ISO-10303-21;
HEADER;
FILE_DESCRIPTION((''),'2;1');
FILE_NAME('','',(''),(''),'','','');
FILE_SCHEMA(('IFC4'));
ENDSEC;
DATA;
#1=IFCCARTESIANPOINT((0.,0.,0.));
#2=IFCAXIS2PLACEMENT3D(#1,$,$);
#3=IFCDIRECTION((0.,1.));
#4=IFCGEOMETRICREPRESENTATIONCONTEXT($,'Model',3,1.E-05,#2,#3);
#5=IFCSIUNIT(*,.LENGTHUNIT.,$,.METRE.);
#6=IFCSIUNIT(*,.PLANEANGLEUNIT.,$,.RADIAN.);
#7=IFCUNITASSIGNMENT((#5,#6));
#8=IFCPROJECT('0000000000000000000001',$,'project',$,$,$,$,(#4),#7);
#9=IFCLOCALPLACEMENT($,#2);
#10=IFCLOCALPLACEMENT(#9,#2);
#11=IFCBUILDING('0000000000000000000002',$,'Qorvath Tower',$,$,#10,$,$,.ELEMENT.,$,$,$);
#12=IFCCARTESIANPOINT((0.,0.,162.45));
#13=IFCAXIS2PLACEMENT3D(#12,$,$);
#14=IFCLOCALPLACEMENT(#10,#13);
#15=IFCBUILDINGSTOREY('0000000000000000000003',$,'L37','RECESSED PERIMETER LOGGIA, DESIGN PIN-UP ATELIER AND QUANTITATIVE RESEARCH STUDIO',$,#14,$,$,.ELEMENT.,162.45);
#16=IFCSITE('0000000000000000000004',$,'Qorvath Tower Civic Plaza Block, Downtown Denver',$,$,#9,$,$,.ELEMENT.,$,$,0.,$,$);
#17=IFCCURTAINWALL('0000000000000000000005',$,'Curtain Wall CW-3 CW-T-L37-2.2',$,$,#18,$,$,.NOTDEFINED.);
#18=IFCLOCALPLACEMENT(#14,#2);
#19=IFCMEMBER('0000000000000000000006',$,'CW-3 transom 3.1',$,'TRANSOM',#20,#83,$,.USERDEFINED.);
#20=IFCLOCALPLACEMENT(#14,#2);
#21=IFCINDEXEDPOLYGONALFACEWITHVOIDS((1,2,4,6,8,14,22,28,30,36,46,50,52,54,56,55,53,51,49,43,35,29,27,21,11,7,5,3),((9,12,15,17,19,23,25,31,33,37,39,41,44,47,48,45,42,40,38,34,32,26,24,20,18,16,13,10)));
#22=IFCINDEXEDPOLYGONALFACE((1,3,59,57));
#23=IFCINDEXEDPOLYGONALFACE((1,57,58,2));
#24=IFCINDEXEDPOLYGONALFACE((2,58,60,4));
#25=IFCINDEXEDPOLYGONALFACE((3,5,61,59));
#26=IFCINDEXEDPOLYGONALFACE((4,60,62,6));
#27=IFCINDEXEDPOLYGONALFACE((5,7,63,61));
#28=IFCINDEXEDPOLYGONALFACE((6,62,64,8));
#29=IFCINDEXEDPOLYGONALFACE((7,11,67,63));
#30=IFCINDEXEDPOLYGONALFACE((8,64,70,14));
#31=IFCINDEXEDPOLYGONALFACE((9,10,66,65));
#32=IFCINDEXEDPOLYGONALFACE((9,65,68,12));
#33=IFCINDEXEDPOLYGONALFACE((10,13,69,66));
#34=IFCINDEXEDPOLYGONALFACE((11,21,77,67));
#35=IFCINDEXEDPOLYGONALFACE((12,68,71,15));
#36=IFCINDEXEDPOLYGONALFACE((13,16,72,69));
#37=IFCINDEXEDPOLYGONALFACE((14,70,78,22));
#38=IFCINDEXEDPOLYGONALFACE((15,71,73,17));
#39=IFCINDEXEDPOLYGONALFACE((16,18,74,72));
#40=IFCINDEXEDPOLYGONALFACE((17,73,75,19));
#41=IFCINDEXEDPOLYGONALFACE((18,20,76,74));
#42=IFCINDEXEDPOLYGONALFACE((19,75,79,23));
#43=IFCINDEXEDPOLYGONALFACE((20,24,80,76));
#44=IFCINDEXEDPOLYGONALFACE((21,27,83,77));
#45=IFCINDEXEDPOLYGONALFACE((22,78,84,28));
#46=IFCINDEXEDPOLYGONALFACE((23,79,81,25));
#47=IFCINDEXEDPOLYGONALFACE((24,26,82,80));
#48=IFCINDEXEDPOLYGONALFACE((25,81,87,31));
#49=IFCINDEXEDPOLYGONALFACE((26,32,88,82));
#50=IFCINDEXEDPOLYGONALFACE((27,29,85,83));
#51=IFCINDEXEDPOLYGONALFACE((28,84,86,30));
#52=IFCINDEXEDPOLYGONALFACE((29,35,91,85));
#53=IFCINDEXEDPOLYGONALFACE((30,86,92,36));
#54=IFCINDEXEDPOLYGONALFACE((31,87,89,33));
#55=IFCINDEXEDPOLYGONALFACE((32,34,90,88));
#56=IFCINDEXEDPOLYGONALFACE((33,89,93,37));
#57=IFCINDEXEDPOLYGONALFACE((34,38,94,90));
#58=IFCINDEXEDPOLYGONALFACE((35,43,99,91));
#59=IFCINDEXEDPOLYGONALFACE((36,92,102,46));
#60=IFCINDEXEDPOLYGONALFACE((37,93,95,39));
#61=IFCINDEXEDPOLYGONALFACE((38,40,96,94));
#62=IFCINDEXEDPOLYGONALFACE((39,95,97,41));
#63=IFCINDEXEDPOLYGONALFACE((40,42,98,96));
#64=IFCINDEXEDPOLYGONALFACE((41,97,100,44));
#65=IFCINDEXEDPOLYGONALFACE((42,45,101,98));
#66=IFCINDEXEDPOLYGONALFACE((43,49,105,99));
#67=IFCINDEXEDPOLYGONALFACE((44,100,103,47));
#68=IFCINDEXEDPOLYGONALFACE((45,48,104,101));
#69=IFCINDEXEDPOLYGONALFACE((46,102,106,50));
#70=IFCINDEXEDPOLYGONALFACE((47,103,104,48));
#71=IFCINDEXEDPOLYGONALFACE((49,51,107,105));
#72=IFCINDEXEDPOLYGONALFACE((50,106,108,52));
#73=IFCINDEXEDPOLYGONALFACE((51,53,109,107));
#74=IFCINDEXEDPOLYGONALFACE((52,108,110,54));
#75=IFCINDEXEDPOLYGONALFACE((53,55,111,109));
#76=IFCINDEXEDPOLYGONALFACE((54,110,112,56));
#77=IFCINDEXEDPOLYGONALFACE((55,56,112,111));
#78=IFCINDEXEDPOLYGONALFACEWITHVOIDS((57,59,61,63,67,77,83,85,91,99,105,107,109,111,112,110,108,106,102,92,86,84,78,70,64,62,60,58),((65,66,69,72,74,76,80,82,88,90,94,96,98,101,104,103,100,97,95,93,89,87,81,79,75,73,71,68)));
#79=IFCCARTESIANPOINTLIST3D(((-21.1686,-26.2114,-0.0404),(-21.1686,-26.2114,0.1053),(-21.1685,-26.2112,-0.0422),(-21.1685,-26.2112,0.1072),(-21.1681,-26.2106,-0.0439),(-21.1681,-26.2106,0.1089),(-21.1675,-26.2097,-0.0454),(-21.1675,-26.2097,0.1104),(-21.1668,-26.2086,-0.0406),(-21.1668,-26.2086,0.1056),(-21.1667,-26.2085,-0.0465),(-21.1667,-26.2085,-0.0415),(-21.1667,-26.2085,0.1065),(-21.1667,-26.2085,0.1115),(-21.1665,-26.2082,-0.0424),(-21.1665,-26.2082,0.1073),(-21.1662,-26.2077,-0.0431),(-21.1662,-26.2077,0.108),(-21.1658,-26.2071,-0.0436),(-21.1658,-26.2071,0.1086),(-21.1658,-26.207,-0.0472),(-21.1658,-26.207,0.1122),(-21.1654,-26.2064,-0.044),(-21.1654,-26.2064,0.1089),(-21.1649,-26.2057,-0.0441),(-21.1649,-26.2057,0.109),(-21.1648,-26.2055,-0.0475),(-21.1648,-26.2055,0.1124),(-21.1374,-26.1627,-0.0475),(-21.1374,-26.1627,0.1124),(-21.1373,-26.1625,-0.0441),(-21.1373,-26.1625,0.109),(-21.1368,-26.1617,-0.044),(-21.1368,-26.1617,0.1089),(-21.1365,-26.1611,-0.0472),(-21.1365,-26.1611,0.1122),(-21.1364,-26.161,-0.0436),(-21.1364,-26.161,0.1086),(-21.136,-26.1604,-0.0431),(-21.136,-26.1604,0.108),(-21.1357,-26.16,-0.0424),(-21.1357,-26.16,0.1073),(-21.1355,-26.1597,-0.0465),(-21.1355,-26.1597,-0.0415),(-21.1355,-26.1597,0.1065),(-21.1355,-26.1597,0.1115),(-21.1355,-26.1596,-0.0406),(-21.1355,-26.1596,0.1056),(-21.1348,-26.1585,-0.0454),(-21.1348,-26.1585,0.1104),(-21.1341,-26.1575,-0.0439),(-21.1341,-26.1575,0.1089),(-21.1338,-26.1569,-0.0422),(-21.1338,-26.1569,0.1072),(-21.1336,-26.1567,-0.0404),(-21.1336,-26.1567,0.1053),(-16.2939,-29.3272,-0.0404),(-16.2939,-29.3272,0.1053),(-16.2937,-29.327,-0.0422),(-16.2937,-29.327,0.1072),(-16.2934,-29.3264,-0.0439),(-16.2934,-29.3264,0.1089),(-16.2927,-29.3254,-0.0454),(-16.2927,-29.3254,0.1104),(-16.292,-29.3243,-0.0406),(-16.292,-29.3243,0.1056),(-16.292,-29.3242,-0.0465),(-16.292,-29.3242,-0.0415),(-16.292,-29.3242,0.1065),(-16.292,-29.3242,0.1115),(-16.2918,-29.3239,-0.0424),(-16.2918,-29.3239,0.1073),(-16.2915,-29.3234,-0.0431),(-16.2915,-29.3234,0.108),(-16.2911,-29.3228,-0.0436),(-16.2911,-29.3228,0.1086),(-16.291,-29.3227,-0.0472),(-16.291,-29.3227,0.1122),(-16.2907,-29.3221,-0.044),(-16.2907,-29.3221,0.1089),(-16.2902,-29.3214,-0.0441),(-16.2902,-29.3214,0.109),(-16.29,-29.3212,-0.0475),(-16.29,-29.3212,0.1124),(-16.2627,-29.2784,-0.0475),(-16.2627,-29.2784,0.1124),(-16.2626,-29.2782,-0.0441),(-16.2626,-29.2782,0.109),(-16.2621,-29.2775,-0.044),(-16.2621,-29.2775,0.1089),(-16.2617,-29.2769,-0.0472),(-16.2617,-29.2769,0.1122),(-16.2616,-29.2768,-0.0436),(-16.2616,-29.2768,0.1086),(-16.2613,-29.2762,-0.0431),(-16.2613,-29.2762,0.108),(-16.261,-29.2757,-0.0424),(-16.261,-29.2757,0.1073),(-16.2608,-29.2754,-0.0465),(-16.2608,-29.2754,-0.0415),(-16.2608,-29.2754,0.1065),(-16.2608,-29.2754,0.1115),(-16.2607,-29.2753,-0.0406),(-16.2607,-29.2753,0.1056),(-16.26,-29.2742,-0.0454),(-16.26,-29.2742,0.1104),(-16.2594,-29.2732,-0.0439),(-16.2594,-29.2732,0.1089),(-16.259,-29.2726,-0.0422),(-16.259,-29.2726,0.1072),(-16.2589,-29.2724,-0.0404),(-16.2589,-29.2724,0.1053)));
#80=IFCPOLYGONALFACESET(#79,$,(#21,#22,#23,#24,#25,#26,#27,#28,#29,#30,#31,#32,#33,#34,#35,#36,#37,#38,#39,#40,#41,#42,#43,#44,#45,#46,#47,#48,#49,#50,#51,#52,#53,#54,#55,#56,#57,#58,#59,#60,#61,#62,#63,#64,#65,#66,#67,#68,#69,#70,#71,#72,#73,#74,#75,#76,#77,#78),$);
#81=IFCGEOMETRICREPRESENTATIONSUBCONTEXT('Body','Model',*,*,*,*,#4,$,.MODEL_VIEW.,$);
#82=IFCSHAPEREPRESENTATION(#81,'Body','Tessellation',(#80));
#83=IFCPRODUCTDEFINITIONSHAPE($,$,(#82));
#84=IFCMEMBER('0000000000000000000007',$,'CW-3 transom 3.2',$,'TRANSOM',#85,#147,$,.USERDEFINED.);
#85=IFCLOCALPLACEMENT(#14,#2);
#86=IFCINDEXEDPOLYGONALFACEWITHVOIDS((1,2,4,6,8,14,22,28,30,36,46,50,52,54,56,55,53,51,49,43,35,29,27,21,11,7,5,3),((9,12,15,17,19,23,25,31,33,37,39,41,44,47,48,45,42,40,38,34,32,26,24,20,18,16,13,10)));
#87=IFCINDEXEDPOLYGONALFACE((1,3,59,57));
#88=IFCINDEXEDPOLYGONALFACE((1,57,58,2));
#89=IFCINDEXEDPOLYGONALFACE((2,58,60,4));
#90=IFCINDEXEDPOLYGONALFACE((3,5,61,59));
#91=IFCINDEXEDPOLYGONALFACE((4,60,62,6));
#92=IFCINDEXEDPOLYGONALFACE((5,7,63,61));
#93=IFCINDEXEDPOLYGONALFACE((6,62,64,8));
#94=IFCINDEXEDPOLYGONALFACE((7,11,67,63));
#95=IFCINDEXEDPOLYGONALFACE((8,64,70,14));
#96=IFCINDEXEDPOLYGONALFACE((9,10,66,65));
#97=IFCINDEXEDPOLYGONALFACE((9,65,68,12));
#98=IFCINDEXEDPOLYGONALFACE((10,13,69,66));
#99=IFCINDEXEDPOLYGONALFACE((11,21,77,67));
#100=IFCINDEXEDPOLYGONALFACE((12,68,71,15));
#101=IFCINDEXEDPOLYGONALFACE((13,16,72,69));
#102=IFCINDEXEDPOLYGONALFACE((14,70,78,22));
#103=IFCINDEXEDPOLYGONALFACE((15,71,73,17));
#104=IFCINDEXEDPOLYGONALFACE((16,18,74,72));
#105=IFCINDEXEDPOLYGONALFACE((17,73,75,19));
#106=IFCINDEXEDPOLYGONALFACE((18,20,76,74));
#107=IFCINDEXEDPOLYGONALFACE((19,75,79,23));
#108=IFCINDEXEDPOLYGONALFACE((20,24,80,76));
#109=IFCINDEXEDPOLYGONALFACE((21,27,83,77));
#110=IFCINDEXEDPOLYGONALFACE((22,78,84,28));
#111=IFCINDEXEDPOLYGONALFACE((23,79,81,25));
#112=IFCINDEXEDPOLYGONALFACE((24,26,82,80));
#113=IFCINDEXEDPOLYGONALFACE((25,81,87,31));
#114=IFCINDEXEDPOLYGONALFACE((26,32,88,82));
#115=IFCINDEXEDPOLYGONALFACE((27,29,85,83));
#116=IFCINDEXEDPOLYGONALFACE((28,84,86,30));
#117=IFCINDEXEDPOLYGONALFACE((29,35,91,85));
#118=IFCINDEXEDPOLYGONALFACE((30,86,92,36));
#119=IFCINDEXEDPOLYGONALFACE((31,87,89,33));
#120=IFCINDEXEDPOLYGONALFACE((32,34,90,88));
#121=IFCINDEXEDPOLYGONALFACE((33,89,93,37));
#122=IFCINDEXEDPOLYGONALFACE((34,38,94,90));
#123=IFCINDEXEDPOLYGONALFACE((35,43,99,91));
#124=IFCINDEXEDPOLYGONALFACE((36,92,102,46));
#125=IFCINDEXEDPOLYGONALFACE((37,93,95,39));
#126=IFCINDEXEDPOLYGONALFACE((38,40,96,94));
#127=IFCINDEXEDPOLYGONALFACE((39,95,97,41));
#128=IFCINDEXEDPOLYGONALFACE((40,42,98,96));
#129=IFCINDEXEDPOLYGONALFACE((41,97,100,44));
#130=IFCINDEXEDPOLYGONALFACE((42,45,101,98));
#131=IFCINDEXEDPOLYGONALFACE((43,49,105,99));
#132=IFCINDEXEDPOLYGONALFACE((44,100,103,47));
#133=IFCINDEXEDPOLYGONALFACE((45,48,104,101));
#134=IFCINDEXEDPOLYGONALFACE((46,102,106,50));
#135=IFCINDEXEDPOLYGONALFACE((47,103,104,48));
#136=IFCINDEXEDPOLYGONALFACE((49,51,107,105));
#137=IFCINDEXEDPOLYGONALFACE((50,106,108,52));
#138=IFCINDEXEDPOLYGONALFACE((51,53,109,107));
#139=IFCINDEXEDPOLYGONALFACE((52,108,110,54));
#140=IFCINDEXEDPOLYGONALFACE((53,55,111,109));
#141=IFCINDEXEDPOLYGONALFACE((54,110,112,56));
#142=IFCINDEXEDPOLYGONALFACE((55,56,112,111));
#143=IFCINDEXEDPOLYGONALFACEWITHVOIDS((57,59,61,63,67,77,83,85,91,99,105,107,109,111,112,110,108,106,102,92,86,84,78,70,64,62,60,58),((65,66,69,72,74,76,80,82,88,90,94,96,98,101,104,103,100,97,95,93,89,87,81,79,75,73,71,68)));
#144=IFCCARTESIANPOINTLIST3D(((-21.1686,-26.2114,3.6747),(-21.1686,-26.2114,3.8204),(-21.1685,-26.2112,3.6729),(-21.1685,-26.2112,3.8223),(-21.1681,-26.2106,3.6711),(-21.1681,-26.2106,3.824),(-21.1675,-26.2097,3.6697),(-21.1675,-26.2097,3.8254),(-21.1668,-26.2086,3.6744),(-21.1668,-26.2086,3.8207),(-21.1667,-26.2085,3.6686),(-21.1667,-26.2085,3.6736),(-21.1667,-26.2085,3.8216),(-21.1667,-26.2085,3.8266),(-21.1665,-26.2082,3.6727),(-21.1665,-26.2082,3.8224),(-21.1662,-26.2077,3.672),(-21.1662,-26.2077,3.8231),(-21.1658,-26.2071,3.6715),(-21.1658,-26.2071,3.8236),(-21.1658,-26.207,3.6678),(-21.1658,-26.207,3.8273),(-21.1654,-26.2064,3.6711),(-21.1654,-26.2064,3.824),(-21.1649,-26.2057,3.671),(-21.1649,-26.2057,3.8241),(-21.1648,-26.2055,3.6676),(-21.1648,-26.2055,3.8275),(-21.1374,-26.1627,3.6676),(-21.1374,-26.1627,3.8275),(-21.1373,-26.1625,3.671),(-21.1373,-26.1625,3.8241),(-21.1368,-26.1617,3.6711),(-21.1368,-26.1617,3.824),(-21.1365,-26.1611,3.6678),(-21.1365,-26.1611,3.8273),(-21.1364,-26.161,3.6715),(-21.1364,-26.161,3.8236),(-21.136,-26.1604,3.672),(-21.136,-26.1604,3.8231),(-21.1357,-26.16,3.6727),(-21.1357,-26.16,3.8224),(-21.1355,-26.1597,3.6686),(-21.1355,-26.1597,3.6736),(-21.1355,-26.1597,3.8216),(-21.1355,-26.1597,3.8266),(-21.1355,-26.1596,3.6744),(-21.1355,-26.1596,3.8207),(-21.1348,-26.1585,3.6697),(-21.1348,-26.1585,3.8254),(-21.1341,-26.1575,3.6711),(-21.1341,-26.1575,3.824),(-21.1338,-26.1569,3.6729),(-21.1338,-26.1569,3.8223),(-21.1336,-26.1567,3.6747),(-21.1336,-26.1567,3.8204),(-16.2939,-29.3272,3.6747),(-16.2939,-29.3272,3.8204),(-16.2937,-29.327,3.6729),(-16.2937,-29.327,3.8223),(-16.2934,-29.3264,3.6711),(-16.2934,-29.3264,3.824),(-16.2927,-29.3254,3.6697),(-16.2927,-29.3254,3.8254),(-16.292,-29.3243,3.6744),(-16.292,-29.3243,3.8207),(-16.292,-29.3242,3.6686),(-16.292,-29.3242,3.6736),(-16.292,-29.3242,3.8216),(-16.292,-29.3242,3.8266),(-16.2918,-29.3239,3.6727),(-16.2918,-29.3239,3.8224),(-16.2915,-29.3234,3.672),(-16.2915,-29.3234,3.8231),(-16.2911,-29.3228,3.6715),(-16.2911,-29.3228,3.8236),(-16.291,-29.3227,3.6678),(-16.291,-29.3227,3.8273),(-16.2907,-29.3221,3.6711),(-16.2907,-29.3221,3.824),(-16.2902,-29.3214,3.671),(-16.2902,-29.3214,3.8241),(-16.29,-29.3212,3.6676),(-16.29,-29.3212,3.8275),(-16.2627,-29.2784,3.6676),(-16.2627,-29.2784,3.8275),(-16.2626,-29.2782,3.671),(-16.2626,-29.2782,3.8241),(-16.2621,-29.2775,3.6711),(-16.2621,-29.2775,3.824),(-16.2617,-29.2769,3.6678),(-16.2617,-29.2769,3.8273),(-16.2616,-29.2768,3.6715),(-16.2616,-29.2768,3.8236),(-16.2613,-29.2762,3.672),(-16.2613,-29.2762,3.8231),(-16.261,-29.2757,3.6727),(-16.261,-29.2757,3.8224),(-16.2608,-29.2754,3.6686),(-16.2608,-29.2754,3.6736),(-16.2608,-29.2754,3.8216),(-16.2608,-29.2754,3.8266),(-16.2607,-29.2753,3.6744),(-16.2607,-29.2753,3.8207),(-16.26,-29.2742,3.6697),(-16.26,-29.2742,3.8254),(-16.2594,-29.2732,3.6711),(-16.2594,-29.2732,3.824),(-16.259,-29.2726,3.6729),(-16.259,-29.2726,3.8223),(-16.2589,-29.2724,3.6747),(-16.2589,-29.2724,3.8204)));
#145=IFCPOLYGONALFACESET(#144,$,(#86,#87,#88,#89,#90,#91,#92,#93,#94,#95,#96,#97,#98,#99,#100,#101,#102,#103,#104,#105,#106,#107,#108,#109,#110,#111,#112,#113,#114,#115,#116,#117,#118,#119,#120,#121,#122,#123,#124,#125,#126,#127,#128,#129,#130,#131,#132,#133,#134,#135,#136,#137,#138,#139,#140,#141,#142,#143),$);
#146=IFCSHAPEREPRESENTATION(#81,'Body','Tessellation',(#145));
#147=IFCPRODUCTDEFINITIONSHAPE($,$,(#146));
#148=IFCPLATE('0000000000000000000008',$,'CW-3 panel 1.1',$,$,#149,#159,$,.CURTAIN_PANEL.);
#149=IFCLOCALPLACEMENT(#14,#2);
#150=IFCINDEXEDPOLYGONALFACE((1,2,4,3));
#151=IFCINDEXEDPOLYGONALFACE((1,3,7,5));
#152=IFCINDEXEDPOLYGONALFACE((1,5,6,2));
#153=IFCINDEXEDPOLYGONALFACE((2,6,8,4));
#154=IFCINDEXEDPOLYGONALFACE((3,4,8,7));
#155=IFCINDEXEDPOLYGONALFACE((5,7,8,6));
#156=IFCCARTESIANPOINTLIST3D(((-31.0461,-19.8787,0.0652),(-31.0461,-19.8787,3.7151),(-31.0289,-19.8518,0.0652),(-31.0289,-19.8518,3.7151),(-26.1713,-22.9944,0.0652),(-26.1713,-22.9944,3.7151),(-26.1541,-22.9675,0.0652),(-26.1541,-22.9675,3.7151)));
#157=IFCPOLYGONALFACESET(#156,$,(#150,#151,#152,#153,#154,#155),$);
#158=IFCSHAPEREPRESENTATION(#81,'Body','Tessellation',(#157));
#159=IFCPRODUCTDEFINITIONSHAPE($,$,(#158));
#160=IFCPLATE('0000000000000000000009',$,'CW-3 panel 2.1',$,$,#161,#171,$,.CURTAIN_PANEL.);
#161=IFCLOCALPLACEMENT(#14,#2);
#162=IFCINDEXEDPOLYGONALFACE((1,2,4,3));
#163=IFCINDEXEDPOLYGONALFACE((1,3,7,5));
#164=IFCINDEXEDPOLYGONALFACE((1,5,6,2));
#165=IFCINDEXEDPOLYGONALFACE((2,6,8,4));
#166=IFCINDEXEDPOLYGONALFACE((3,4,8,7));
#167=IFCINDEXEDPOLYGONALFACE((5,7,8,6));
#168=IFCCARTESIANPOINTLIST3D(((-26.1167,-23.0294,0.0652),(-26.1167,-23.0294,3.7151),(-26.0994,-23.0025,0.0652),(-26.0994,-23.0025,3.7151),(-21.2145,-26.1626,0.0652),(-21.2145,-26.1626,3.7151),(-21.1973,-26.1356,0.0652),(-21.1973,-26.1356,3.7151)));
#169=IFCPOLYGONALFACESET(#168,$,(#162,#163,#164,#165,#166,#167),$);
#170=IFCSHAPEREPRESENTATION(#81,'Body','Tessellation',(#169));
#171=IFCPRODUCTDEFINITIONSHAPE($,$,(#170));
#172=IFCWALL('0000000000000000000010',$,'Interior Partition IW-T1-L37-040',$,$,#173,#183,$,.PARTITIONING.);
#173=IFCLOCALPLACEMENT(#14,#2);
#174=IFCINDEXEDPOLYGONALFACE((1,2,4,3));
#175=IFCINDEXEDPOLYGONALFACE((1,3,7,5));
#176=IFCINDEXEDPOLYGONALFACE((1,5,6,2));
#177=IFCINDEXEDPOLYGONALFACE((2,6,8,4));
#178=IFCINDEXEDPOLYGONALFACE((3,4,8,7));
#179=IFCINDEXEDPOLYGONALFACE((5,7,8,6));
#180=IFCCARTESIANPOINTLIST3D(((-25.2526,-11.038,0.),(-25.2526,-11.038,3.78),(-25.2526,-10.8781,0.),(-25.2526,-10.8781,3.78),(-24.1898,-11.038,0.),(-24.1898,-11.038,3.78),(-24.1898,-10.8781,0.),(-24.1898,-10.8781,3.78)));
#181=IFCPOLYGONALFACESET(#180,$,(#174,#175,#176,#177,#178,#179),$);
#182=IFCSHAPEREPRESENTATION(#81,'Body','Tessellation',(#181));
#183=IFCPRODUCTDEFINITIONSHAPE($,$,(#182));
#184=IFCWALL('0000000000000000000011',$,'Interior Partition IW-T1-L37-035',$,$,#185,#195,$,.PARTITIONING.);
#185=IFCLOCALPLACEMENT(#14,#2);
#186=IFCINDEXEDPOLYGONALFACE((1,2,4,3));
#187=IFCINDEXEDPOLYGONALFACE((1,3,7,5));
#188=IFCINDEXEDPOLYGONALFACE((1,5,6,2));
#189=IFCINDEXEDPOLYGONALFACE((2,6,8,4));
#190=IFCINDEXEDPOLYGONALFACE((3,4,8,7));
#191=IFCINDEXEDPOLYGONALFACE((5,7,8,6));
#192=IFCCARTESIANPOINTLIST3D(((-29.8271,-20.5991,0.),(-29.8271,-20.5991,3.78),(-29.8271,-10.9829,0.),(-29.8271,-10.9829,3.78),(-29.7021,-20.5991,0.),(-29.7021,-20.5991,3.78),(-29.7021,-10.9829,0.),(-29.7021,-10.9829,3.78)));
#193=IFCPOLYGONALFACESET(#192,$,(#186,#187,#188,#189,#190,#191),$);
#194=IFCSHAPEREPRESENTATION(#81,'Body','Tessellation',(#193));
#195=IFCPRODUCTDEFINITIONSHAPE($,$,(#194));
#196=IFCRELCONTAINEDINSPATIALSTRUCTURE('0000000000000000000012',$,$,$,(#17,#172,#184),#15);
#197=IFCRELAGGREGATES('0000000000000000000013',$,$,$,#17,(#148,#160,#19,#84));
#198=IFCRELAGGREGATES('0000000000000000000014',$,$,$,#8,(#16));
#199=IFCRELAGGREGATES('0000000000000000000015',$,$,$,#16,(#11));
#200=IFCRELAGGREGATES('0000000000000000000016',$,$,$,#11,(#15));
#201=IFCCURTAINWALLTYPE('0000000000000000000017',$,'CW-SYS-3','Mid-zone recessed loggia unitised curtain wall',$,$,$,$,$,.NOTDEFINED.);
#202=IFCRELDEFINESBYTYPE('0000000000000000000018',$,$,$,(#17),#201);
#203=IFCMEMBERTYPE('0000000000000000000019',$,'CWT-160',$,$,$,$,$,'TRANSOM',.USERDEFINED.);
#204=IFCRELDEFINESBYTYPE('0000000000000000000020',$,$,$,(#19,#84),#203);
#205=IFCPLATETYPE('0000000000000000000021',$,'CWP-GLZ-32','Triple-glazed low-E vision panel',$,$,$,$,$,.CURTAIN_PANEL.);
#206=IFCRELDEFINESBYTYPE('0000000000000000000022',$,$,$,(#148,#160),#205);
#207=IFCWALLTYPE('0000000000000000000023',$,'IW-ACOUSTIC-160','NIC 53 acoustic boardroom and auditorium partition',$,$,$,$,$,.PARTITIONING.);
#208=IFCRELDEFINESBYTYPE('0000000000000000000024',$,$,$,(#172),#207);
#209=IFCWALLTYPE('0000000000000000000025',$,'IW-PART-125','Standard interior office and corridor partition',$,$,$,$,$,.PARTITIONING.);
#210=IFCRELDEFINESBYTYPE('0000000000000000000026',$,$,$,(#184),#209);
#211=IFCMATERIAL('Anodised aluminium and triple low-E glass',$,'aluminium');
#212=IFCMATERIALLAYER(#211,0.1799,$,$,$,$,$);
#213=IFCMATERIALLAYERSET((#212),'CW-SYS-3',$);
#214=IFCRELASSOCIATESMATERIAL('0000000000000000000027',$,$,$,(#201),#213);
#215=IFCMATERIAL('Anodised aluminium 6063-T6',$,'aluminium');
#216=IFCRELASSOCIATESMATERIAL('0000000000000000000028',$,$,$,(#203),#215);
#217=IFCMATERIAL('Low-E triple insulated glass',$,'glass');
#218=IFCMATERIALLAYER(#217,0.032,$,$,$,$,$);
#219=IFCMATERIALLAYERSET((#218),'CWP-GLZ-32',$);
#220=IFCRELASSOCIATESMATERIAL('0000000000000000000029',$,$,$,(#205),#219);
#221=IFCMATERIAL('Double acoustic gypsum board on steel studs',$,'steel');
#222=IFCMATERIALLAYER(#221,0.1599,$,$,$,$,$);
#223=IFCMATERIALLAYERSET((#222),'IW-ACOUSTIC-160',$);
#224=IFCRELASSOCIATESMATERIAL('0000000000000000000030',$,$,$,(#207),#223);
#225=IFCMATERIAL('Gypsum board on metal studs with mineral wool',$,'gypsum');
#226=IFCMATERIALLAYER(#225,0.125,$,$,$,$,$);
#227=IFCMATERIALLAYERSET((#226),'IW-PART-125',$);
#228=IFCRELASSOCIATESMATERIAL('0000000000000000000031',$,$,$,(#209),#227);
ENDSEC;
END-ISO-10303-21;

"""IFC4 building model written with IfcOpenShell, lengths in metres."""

from ifc_helpers import new_model, si_unit, direction, frame, frame_2d, origin, origin_2d, place, context, subcontext, project, spatial, rectangle, hollow_rectangle, extrude, material, layer, layer_set, material_profile, profile_set, type_object, element, aggregate, save


model = new_model("IFC4")

# Units and contexts
model_context = context("Model", 3, precision=1e-05, world=origin(), true_north=direction((0.0, 1.0)))
body_context = subcontext(model_context, "Body", "Model", "MODEL_VIEW")
ifc_project = project(units=[si_unit("LENGTHUNIT", "METRE"), si_unit("PLANEANGLEUNIT", "RADIAN")], contexts=[model_context])

# Site, building, storey
site_placement = place(None, origin())
site = spatial("IfcSite", under=ifc_project, at=site_placement, Name="Qorvath Tower Civic Plaza Block, Downtown Denver", CompositionType="ELEMENT", RefElevation=0.0)
building_placement = place(site_placement, origin())
building = spatial("IfcBuilding", under=site, at=building_placement, Name="Qorvath Tower", CompositionType="ELEMENT")
storey_placement = place(building_placement, frame((0.0, 0.0, 162.45)))
storey = spatial("IfcBuildingStorey", under=building, at=storey_placement, Name="L37", Description="RECESSED PERIMETER LOGGIA, DESIGN PIN-UP ATELIER AND QUANTITATIVE RESEARCH STUDIO", CompositionType="ELEMENT", Elevation=162.45)

# Curtain wall, members, plates
ifc_material_1 = material(Name="Anodised aluminium and triple low-E glass", Category="aluminium")
ifc_layer_1 = layer(ifc_material_1, 0.1799)
ifc_layer_set_1 = layer_set([ifc_layer_1], Name="CW-SYS-3")
curtain_wall_type = type_object("IfcCurtainWallType", Name="CW-SYS-3", Description="Mid-zone recessed loggia unitised curtain wall", PredefinedType="NOTDEFINED", material=ifc_layer_set_1)
curtain_wall_placement = place(storey_placement, origin())
curtain_wall = element("IfcCurtainWall", 1, at=curtain_wall_placement, inside=storey, type_object=curtain_wall_type, Name="Curtain Wall CW-3 CW-T-L37-2.2", PredefinedType="NOTDEFINED")
ifc_material_2 = material(Name="Anodised aluminium 6063-T6", Category="aluminium")
ifc_material_profile_1 = material_profile(ifc_material_2, hollow_rectangle(XDim=0.0649, YDim=0.1599, WallThickness=0.0034, InnerFilletRadius=0.0034, OuterFilletRadius=0.0071, at=origin_2d()), Name="CWT 160x65")
ifc_profile_set_1 = profile_set([ifc_material_profile_1], Name="Anodised aluminium 6063-T6")
member_type_1 = type_object("IfcMemberType", Name="CWT-160", ElementType="TRANSOM", PredefinedType="USERDEFINED", material=ifc_profile_set_1)
member_1_placement = place(storey_placement, frame((-21.1511, -26.1841, 0.0325), z_axis=(0.842595, -0.538548, 0.0), x_axis=(0.538548, 0.842595, 0.0)))
member_1 = element("IfcMember", 2, at=member_1_placement, type_object=member_type_1, Name="CW-3 transom 3.1", ObjectType="TRANSOM", PredefinedType="USERDEFINED", context=body_context, shape_type="SweptSolid", body=[
    extrude(hollow_rectangle(XDim=0.0649, YDim=0.1599, WallThickness=0.0034, InnerFilletRadius=0.0034, OuterFilletRadius=0.0071, at=origin_2d()), origin(), (0.0, 0.0, 1.0), 5.7854),
])
member_2_placement = place(storey_placement, frame((-21.1511, -26.1841, 3.7476), z_axis=(0.842595, -0.538548, 0.0), x_axis=(0.538548, 0.842595, 0.0)))
member_2 = element("IfcMember", 3, at=member_2_placement, type_object=member_type_1, Name="CW-3 transom 3.2", ObjectType="TRANSOM", PredefinedType="USERDEFINED", context=body_context, shape_type="SweptSolid", body=[
    extrude(hollow_rectangle(XDim=0.0649, YDim=0.1599, WallThickness=0.0034, InnerFilletRadius=0.0034, OuterFilletRadius=0.0071, at=origin_2d()), origin(), (0.0, 0.0, 1.0), 5.7854),
])
ifc_material_3 = material(Name="Low-E triple insulated glass", Category="glass")
ifc_layer_2 = layer(ifc_material_3, 0.032)
ifc_layer_set_2 = layer_set([ifc_layer_2], Name="CWP-GLZ-32")
plate_type = type_object("IfcPlateType", Name="CWP-GLZ-32", Description="Triple-glazed low-E vision panel", PredefinedType="CURTAIN_PANEL", material=ifc_layer_set_2)
plate_1_placement = place(storey_placement, frame((-28.6001, -21.4231, 0.0652), z_axis=(0.0, 0.0, 1.0), x_axis=(0.8426, -0.53854, 0.0)))
plate_1 = element("IfcPlate", 4, at=plate_1_placement, type_object=plate_type, Name="CW-3 panel 1.1", PredefinedType="CURTAIN_PANEL", context=body_context, shape_type="SweptSolid", body=[
    extrude(rectangle(XDim=5.7854, YDim=0.032, at=origin_2d()), origin(), (0.0, 0.0, 1.0), 3.6499),
])
plate_2_placement = place(storey_placement, frame((-23.657, -24.5825, 0.0652), z_axis=(0.0, 0.0, 1.0), x_axis=(0.8426, -0.53854, 0.0)))
plate_2 = element("IfcPlate", 5, at=plate_2_placement, type_object=plate_type, Name="CW-3 panel 2.1", PredefinedType="CURTAIN_PANEL", context=body_context, shape_type="SweptSolid", body=[
    extrude(rectangle(XDim=5.8179, YDim=0.032, at=origin_2d()), origin(), (0.0, 0.0, 1.0), 3.6499),
])
aggregate(curtain_wall, [plate_1, plate_2, member_1, member_2])

# Walls
ifc_material_4 = material(Name="Double acoustic gypsum board on steel studs", Category="steel")
ifc_layer_3 = layer(ifc_material_4, 0.1599)
ifc_layer_set_3 = layer_set([ifc_layer_3], Name="IW-ACOUSTIC-160")
wall_type_1 = type_object("IfcWallType", Name="IW-ACOUSTIC-160", Description="NIC 53 acoustic boardroom and auditorium partition", PredefinedType="PARTITIONING", material=ifc_layer_set_3)
wall_1_placement = place(storey_placement, frame((-24.1899, -10.958, 0.0), z_axis=(0.0, 0.0, 1.0), x_axis=(-1.0, 0.0, 0.0)))
element("IfcWall", 6, at=wall_1_placement, inside=storey, type_object=wall_type_1, Name="Interior Partition IW-T1-L37-040", PredefinedType="PARTITIONING", context=body_context, shape_type="SweptSolid", body=[
    extrude(rectangle(XDim=1.0627, YDim=0.1599, at=frame_2d((0.5312, 0.0))), origin(), (0.0, 0.0, 1.0), 3.78),
])
ifc_material_5 = material(Name="Gypsum board on metal studs with mineral wool", Category="gypsum")
ifc_layer_4 = layer(ifc_material_5, 0.125)
ifc_layer_set_4 = layer_set([ifc_layer_4], Name="IW-PART-125")
wall_type_2 = type_object("IfcWallType", Name="IW-PART-125", Description="Standard interior office and corridor partition", PredefinedType="PARTITIONING", material=ifc_layer_set_4)
wall_2_placement = place(storey_placement, frame((-29.7646, -20.5991, 0.0), z_axis=(0.0, 0.0, 1.0), x_axis=(0.0, 1.0, 0.0)))
element("IfcWall", 7, at=wall_2_placement, inside=storey, type_object=wall_type_2, Name="Interior Partition IW-T1-L37-035", PredefinedType="PARTITIONING", context=body_context, shape_type="SweptSolid", body=[
    extrude(rectangle(XDim=9.6162, YDim=0.125, at=frame_2d((4.8081, 0.0))), origin(), (0.0, 0.0, 1.0), 3.78),
])

save(model, "model.ifc")
